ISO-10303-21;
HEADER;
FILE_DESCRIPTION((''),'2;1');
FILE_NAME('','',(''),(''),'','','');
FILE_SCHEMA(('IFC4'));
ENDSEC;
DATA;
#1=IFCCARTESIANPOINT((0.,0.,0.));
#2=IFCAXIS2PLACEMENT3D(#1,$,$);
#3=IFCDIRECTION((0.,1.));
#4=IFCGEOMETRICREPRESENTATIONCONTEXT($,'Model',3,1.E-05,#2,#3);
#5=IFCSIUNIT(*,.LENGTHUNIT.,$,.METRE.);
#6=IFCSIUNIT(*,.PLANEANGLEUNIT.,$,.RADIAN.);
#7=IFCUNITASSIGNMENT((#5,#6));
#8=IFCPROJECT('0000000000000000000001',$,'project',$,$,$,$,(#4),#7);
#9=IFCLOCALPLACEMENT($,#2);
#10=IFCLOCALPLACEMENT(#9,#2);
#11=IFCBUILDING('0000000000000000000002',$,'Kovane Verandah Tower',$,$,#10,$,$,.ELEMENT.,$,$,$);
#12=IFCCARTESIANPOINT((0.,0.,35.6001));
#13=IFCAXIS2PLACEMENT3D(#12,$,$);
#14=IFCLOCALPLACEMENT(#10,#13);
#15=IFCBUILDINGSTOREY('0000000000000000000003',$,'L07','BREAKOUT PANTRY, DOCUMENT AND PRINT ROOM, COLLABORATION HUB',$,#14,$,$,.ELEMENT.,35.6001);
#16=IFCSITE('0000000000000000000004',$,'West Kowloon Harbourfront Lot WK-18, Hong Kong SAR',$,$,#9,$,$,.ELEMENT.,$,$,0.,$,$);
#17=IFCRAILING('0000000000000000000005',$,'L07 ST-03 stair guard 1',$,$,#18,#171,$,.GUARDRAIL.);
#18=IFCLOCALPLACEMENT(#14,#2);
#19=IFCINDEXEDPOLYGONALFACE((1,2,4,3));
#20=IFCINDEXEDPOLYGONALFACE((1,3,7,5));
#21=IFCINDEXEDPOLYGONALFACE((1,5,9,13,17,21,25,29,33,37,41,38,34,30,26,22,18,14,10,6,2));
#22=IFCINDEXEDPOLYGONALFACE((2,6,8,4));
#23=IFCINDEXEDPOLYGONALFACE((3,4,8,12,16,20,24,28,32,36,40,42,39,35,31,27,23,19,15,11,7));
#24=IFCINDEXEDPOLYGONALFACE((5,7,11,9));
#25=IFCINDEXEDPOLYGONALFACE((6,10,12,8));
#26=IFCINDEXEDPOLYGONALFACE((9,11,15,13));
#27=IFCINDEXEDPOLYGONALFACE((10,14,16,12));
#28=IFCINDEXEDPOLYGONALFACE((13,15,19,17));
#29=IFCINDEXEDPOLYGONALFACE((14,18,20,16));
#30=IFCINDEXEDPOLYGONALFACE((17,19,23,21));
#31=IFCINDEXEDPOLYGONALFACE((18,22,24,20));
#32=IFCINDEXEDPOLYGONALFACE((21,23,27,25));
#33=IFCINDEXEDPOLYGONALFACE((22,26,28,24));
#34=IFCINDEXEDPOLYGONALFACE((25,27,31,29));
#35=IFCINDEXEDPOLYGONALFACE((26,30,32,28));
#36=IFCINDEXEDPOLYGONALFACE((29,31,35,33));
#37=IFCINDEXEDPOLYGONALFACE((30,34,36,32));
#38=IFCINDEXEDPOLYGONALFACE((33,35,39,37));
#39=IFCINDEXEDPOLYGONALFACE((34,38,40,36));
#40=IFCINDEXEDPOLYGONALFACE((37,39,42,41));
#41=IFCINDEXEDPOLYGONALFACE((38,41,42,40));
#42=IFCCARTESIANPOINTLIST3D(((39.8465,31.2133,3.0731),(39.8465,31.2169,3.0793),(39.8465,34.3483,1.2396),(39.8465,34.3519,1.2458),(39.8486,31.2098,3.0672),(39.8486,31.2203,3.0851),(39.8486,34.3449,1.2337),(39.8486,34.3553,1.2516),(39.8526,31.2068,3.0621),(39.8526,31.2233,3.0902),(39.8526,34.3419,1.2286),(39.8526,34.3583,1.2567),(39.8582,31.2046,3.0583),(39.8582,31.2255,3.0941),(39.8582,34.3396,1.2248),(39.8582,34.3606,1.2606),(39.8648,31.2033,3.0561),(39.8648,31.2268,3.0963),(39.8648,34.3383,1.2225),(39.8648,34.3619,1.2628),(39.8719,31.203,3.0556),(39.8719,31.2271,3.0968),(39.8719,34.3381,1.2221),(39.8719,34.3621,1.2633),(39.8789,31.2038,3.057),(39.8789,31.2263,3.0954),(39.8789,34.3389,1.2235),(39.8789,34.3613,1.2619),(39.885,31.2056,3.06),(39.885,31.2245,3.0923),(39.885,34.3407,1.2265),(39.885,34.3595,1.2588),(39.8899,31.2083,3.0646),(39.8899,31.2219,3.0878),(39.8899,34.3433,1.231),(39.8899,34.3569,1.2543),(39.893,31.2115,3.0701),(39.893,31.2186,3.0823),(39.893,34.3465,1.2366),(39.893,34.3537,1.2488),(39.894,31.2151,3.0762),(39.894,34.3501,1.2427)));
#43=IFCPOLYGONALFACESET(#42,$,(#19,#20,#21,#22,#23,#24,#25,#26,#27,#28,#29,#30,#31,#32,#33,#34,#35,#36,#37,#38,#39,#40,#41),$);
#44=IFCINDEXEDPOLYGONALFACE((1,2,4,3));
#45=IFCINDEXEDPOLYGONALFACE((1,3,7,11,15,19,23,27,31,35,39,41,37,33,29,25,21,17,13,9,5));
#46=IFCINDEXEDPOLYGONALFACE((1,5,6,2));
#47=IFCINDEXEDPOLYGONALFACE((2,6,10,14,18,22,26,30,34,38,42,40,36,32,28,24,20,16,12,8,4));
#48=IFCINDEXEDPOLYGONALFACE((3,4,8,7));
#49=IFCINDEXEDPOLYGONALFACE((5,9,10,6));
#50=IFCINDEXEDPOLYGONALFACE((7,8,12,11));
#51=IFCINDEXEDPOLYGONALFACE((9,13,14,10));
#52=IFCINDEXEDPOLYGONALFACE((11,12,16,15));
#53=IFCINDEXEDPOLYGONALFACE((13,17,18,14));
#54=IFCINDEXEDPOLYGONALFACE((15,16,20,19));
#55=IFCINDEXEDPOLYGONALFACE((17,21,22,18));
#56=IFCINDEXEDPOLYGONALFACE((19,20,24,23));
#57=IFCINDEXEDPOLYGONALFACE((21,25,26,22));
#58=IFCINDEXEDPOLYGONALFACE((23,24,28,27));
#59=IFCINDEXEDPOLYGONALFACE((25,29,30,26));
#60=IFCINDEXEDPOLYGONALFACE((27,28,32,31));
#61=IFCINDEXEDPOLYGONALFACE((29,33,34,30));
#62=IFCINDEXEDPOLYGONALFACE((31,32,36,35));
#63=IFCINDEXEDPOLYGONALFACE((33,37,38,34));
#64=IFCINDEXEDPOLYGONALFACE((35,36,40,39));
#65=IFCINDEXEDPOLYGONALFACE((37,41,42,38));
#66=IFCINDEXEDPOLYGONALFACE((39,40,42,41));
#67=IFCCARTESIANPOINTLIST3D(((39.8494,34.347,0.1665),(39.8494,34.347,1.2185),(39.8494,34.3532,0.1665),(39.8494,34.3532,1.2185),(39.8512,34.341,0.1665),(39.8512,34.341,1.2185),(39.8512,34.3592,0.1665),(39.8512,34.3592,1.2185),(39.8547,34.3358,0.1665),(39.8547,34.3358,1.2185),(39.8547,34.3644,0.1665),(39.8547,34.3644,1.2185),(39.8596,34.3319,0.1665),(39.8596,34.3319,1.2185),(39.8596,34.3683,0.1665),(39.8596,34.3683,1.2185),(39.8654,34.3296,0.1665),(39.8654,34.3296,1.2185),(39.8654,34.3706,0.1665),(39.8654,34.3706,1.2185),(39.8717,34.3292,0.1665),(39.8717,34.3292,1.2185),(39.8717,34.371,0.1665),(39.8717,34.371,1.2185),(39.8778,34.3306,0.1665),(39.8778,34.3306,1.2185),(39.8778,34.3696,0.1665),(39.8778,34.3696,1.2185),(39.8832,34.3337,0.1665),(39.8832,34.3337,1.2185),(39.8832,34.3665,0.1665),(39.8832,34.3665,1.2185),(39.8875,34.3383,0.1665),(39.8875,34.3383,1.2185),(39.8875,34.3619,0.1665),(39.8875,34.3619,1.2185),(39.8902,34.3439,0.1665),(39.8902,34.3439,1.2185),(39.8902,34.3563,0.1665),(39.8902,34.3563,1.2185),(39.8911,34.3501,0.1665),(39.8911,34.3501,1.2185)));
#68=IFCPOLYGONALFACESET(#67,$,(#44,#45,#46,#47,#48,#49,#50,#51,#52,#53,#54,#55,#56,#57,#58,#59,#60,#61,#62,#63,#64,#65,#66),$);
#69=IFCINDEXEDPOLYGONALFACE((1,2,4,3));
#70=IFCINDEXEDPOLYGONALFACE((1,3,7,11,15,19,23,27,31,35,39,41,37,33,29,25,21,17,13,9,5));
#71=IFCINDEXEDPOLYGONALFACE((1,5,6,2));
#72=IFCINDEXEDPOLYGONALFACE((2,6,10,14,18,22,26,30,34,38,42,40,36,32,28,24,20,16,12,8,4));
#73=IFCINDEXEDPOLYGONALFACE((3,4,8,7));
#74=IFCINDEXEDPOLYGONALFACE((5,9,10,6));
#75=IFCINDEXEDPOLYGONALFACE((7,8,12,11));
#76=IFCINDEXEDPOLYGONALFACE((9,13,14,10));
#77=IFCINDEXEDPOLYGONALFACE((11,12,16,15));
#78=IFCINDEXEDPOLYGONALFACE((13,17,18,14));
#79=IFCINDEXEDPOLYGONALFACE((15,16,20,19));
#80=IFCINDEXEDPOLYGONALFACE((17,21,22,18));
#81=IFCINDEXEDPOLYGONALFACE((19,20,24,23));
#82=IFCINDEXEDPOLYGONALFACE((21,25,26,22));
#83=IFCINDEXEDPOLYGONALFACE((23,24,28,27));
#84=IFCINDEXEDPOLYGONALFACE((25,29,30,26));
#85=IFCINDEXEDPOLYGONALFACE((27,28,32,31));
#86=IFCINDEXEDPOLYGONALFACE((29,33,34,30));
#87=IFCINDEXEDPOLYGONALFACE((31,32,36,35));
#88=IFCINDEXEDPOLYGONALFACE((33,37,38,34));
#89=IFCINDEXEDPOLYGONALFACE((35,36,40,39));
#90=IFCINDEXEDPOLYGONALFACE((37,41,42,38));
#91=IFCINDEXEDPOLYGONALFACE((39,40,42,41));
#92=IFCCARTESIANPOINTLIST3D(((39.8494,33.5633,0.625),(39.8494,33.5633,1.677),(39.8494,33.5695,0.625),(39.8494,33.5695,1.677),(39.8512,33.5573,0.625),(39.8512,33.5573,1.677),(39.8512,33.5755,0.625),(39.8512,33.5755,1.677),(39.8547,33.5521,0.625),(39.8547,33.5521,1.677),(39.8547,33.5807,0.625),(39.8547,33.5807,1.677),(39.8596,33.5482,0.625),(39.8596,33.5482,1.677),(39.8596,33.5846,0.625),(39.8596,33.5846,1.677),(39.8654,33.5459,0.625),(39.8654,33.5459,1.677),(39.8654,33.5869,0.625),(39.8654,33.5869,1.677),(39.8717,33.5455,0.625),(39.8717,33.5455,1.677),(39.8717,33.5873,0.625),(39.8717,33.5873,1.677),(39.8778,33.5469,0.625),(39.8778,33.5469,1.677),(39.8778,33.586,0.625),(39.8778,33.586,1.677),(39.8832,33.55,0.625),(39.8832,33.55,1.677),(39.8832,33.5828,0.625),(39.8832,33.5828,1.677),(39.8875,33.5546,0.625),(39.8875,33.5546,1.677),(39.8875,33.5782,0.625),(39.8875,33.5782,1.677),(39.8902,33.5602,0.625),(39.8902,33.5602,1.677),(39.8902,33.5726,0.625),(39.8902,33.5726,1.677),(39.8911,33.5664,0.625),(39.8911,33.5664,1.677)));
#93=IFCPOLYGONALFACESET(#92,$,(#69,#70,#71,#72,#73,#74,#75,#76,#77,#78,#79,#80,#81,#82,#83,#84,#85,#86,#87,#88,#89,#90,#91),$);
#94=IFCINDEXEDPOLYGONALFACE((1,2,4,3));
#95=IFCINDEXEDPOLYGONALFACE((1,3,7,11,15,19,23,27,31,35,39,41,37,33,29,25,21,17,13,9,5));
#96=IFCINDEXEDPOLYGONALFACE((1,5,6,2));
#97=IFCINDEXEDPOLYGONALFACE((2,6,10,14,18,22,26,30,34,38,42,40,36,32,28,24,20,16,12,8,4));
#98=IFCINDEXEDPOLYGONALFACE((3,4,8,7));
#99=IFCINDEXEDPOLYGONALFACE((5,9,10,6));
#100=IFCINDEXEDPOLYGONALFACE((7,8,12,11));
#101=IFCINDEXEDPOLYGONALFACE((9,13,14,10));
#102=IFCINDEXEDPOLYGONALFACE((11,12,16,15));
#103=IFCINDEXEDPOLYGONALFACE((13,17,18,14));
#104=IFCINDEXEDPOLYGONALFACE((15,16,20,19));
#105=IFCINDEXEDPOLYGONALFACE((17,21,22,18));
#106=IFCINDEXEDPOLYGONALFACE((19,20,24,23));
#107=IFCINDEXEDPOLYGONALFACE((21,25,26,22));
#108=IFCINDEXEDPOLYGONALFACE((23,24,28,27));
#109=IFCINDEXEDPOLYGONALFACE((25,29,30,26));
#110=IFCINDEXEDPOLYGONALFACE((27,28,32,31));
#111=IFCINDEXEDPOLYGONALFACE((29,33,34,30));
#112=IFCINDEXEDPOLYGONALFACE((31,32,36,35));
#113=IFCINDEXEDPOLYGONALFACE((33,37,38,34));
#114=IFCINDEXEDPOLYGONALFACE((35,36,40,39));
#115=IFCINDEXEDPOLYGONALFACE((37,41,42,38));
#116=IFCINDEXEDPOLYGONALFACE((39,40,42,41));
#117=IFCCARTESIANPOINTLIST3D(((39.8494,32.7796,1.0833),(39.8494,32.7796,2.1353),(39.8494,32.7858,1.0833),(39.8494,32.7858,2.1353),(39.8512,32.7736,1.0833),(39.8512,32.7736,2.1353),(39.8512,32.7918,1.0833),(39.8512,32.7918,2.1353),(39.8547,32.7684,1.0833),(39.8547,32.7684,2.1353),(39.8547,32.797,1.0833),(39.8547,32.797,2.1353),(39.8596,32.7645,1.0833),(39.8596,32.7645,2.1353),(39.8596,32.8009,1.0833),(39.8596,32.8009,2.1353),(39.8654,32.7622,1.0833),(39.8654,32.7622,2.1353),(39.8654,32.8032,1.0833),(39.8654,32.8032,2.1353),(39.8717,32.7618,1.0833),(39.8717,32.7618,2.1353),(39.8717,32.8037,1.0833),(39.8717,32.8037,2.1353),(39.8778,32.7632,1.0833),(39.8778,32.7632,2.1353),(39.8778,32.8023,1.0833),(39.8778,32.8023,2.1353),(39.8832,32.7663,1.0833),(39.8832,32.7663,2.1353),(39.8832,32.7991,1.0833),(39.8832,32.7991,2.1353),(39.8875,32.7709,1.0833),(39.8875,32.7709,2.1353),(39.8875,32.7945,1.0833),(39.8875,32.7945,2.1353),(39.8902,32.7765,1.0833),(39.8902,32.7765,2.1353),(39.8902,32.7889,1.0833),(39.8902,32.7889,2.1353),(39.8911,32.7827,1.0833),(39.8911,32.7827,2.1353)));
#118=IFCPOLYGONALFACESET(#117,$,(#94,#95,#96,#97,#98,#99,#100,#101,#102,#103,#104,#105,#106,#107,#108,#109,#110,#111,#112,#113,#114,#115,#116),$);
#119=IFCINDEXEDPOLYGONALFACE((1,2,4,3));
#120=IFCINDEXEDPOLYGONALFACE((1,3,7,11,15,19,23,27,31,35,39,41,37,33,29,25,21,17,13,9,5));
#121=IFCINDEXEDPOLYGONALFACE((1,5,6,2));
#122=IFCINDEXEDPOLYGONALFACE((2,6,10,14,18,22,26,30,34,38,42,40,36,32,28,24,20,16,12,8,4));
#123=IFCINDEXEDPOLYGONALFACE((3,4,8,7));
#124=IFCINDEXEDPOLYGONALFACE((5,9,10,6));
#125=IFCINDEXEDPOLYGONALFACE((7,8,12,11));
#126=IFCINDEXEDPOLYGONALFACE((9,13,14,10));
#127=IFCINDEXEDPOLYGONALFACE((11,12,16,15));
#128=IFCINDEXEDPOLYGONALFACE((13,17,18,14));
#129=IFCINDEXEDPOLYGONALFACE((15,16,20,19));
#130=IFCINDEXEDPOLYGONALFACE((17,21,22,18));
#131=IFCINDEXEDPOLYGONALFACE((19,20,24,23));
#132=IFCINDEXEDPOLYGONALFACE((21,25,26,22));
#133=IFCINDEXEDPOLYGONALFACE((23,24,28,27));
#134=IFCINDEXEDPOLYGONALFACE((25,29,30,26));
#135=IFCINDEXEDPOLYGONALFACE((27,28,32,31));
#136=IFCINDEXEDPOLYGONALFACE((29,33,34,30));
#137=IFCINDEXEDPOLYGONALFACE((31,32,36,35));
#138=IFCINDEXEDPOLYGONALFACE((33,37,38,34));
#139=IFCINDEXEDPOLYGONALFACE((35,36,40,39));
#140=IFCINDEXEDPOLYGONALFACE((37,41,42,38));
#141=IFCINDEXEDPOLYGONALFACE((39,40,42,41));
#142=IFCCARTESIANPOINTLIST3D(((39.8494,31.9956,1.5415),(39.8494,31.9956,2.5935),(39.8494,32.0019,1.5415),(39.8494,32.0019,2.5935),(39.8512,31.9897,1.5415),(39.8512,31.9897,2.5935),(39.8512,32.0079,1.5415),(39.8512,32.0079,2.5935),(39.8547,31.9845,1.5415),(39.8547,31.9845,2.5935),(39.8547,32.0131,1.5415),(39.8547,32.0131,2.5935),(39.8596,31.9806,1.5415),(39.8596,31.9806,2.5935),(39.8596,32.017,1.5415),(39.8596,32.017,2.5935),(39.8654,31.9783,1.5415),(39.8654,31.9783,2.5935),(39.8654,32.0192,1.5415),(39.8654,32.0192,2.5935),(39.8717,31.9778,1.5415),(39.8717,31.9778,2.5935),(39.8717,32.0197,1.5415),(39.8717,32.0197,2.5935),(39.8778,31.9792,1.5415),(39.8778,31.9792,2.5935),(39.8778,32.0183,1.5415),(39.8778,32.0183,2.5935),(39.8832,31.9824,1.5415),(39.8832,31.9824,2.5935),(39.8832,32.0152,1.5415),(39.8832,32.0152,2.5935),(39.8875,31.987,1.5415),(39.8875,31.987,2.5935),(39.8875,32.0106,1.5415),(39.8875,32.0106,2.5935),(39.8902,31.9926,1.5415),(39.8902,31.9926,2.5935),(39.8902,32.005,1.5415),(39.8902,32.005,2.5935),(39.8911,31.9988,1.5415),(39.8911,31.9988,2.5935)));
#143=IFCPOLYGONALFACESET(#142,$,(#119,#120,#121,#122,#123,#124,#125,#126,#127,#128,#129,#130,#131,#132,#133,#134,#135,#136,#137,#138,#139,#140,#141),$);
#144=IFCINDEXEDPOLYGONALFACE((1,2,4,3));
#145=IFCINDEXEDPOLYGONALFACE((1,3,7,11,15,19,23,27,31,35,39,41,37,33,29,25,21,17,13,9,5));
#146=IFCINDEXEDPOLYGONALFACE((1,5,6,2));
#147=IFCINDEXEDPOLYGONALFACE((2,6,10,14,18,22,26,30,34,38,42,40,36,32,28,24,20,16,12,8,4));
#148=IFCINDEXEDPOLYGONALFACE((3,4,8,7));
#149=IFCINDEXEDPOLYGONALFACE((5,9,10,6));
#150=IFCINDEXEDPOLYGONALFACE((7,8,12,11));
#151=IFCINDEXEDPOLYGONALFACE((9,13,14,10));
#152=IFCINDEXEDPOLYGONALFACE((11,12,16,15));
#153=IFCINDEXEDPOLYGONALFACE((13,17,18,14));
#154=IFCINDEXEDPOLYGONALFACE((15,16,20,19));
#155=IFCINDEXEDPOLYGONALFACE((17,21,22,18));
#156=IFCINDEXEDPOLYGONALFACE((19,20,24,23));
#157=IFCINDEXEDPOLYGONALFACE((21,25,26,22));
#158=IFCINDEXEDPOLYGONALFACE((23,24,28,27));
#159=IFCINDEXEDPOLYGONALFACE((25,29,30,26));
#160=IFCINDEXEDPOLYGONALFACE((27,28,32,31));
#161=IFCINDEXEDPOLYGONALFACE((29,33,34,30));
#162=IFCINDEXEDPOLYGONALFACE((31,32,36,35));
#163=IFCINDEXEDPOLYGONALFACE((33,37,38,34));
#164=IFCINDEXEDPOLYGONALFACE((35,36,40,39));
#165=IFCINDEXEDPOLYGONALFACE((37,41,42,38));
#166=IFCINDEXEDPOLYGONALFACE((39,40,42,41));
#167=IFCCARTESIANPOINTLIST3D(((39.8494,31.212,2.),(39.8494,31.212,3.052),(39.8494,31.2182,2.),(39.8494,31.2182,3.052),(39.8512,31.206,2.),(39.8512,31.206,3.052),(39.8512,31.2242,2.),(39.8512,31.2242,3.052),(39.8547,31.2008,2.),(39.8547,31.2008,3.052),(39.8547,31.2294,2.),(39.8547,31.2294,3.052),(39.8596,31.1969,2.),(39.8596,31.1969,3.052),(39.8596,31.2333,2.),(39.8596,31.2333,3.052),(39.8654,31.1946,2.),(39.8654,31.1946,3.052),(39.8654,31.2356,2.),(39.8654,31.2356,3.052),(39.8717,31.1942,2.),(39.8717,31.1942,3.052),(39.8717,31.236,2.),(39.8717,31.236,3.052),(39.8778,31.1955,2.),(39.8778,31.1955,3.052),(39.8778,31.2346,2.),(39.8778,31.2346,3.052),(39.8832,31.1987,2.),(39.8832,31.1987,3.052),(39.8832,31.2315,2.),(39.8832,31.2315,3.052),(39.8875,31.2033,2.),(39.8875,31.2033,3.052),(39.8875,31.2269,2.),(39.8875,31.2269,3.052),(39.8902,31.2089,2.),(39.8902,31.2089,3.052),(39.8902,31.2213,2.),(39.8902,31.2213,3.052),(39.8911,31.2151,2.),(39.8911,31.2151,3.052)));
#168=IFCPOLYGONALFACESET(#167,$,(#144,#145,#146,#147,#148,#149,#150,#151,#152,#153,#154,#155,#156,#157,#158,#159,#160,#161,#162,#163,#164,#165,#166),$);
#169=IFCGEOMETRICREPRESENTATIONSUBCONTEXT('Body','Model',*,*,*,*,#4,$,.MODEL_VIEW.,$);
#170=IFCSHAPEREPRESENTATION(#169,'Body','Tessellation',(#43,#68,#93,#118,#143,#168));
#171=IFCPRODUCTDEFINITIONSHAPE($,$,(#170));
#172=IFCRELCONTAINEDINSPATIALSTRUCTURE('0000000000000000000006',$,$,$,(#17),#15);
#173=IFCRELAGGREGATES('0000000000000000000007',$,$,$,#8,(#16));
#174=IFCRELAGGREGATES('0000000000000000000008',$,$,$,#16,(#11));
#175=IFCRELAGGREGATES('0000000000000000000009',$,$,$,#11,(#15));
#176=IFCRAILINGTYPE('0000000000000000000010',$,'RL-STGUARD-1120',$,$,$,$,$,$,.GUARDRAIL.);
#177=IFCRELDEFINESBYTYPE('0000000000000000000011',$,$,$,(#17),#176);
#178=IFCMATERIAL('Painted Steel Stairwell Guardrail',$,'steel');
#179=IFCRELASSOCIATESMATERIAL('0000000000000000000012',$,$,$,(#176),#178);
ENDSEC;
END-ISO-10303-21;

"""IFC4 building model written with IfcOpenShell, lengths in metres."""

from ifc_helpers import new_model, si_unit, direction, frame, origin, origin_2d, place, context, subcontext, project, spatial, circle, extrude, material, type_object, element, save


model = new_model("IFC4")

# Units and contexts
model_context = context("Model", 3, precision=1e-05, world=origin(), true_north=direction((0.0, 1.0)))
body_context = subcontext(model_context, "Body", "Model", "MODEL_VIEW")
ifc_project = project(units=[si_unit("LENGTHUNIT", "METRE"), si_unit("PLANEANGLEUNIT", "RADIAN")], contexts=[model_context])

# Site, building, storey
site_placement = place(None, origin())
site = spatial("IfcSite", under=ifc_project, at=site_placement, Name="West Kowloon Harbourfront Lot WK-18, Hong Kong SAR", CompositionType="ELEMENT", RefElevation=0.0)
building_placement = place(site_placement, origin())
building = spatial("IfcBuilding", under=site, at=building_placement, Name="Kovane Verandah Tower", CompositionType="ELEMENT")
storey_placement = place(building_placement, frame((0.0, 0.0, 35.6001)))
storey = spatial("IfcBuildingStorey", under=building, at=storey_placement, Name="L07", Description="BREAKOUT PANTRY, DOCUMENT AND PRINT ROOM, COLLABORATION HUB", CompositionType="ELEMENT", Elevation=35.6001)

# Railing
ifc_material_1 = material(Name="Painted Steel Stairwell Guardrail", Category="steel")
railing_type = type_object("IfcRailingType", Name="RL-STGUARD-1120", PredefinedType="GUARDRAIL", material=ifc_material_1)
railing_1_placement = place(storey_placement, frame((39.8701, 34.3501, 0.1665)))
element("IfcRailing", 1, at=railing_1_placement, inside=storey, type_object=railing_type, Name="L07 ST-03 stair guard 1", PredefinedType="GUARDRAIL", context=body_context, shape_type="SweptSolid", body=[
    extrude(circle(Radius=0.0239, at=origin_2d()), frame((0.0, 0.0, 1.0762), z_axis=(0.0, -0.86321, 0.504845), x_axis=(1.0, 0.0, 0.0)), (0.0, 0.0, 1.0), 3.6318),
    extrude(circle(Radius=0.021, at=origin_2d()), origin(), (0.0, 0.0, 1.0), 1.052),
    extrude(circle(Radius=0.021, at=origin_2d()), frame((0.0, -0.7837, 0.4585)), (0.0, 0.0, 1.0), 1.052),
    extrude(circle(Radius=0.021, at=origin_2d()), frame((0.0, -1.5674, 0.9167)), (0.0, 0.0, 1.0), 1.052),
    extrude(circle(Radius=0.021, at=origin_2d()), frame((0.0, -2.3513, 1.375)), (0.0, 0.0, 1.0), 1.052),
    extrude(circle(Radius=0.021, at=origin_2d()), frame((0.0, -3.135, 1.8335)), (0.0, 0.0, 1.0), 1.052),
])

save(model, "model.ifc")
